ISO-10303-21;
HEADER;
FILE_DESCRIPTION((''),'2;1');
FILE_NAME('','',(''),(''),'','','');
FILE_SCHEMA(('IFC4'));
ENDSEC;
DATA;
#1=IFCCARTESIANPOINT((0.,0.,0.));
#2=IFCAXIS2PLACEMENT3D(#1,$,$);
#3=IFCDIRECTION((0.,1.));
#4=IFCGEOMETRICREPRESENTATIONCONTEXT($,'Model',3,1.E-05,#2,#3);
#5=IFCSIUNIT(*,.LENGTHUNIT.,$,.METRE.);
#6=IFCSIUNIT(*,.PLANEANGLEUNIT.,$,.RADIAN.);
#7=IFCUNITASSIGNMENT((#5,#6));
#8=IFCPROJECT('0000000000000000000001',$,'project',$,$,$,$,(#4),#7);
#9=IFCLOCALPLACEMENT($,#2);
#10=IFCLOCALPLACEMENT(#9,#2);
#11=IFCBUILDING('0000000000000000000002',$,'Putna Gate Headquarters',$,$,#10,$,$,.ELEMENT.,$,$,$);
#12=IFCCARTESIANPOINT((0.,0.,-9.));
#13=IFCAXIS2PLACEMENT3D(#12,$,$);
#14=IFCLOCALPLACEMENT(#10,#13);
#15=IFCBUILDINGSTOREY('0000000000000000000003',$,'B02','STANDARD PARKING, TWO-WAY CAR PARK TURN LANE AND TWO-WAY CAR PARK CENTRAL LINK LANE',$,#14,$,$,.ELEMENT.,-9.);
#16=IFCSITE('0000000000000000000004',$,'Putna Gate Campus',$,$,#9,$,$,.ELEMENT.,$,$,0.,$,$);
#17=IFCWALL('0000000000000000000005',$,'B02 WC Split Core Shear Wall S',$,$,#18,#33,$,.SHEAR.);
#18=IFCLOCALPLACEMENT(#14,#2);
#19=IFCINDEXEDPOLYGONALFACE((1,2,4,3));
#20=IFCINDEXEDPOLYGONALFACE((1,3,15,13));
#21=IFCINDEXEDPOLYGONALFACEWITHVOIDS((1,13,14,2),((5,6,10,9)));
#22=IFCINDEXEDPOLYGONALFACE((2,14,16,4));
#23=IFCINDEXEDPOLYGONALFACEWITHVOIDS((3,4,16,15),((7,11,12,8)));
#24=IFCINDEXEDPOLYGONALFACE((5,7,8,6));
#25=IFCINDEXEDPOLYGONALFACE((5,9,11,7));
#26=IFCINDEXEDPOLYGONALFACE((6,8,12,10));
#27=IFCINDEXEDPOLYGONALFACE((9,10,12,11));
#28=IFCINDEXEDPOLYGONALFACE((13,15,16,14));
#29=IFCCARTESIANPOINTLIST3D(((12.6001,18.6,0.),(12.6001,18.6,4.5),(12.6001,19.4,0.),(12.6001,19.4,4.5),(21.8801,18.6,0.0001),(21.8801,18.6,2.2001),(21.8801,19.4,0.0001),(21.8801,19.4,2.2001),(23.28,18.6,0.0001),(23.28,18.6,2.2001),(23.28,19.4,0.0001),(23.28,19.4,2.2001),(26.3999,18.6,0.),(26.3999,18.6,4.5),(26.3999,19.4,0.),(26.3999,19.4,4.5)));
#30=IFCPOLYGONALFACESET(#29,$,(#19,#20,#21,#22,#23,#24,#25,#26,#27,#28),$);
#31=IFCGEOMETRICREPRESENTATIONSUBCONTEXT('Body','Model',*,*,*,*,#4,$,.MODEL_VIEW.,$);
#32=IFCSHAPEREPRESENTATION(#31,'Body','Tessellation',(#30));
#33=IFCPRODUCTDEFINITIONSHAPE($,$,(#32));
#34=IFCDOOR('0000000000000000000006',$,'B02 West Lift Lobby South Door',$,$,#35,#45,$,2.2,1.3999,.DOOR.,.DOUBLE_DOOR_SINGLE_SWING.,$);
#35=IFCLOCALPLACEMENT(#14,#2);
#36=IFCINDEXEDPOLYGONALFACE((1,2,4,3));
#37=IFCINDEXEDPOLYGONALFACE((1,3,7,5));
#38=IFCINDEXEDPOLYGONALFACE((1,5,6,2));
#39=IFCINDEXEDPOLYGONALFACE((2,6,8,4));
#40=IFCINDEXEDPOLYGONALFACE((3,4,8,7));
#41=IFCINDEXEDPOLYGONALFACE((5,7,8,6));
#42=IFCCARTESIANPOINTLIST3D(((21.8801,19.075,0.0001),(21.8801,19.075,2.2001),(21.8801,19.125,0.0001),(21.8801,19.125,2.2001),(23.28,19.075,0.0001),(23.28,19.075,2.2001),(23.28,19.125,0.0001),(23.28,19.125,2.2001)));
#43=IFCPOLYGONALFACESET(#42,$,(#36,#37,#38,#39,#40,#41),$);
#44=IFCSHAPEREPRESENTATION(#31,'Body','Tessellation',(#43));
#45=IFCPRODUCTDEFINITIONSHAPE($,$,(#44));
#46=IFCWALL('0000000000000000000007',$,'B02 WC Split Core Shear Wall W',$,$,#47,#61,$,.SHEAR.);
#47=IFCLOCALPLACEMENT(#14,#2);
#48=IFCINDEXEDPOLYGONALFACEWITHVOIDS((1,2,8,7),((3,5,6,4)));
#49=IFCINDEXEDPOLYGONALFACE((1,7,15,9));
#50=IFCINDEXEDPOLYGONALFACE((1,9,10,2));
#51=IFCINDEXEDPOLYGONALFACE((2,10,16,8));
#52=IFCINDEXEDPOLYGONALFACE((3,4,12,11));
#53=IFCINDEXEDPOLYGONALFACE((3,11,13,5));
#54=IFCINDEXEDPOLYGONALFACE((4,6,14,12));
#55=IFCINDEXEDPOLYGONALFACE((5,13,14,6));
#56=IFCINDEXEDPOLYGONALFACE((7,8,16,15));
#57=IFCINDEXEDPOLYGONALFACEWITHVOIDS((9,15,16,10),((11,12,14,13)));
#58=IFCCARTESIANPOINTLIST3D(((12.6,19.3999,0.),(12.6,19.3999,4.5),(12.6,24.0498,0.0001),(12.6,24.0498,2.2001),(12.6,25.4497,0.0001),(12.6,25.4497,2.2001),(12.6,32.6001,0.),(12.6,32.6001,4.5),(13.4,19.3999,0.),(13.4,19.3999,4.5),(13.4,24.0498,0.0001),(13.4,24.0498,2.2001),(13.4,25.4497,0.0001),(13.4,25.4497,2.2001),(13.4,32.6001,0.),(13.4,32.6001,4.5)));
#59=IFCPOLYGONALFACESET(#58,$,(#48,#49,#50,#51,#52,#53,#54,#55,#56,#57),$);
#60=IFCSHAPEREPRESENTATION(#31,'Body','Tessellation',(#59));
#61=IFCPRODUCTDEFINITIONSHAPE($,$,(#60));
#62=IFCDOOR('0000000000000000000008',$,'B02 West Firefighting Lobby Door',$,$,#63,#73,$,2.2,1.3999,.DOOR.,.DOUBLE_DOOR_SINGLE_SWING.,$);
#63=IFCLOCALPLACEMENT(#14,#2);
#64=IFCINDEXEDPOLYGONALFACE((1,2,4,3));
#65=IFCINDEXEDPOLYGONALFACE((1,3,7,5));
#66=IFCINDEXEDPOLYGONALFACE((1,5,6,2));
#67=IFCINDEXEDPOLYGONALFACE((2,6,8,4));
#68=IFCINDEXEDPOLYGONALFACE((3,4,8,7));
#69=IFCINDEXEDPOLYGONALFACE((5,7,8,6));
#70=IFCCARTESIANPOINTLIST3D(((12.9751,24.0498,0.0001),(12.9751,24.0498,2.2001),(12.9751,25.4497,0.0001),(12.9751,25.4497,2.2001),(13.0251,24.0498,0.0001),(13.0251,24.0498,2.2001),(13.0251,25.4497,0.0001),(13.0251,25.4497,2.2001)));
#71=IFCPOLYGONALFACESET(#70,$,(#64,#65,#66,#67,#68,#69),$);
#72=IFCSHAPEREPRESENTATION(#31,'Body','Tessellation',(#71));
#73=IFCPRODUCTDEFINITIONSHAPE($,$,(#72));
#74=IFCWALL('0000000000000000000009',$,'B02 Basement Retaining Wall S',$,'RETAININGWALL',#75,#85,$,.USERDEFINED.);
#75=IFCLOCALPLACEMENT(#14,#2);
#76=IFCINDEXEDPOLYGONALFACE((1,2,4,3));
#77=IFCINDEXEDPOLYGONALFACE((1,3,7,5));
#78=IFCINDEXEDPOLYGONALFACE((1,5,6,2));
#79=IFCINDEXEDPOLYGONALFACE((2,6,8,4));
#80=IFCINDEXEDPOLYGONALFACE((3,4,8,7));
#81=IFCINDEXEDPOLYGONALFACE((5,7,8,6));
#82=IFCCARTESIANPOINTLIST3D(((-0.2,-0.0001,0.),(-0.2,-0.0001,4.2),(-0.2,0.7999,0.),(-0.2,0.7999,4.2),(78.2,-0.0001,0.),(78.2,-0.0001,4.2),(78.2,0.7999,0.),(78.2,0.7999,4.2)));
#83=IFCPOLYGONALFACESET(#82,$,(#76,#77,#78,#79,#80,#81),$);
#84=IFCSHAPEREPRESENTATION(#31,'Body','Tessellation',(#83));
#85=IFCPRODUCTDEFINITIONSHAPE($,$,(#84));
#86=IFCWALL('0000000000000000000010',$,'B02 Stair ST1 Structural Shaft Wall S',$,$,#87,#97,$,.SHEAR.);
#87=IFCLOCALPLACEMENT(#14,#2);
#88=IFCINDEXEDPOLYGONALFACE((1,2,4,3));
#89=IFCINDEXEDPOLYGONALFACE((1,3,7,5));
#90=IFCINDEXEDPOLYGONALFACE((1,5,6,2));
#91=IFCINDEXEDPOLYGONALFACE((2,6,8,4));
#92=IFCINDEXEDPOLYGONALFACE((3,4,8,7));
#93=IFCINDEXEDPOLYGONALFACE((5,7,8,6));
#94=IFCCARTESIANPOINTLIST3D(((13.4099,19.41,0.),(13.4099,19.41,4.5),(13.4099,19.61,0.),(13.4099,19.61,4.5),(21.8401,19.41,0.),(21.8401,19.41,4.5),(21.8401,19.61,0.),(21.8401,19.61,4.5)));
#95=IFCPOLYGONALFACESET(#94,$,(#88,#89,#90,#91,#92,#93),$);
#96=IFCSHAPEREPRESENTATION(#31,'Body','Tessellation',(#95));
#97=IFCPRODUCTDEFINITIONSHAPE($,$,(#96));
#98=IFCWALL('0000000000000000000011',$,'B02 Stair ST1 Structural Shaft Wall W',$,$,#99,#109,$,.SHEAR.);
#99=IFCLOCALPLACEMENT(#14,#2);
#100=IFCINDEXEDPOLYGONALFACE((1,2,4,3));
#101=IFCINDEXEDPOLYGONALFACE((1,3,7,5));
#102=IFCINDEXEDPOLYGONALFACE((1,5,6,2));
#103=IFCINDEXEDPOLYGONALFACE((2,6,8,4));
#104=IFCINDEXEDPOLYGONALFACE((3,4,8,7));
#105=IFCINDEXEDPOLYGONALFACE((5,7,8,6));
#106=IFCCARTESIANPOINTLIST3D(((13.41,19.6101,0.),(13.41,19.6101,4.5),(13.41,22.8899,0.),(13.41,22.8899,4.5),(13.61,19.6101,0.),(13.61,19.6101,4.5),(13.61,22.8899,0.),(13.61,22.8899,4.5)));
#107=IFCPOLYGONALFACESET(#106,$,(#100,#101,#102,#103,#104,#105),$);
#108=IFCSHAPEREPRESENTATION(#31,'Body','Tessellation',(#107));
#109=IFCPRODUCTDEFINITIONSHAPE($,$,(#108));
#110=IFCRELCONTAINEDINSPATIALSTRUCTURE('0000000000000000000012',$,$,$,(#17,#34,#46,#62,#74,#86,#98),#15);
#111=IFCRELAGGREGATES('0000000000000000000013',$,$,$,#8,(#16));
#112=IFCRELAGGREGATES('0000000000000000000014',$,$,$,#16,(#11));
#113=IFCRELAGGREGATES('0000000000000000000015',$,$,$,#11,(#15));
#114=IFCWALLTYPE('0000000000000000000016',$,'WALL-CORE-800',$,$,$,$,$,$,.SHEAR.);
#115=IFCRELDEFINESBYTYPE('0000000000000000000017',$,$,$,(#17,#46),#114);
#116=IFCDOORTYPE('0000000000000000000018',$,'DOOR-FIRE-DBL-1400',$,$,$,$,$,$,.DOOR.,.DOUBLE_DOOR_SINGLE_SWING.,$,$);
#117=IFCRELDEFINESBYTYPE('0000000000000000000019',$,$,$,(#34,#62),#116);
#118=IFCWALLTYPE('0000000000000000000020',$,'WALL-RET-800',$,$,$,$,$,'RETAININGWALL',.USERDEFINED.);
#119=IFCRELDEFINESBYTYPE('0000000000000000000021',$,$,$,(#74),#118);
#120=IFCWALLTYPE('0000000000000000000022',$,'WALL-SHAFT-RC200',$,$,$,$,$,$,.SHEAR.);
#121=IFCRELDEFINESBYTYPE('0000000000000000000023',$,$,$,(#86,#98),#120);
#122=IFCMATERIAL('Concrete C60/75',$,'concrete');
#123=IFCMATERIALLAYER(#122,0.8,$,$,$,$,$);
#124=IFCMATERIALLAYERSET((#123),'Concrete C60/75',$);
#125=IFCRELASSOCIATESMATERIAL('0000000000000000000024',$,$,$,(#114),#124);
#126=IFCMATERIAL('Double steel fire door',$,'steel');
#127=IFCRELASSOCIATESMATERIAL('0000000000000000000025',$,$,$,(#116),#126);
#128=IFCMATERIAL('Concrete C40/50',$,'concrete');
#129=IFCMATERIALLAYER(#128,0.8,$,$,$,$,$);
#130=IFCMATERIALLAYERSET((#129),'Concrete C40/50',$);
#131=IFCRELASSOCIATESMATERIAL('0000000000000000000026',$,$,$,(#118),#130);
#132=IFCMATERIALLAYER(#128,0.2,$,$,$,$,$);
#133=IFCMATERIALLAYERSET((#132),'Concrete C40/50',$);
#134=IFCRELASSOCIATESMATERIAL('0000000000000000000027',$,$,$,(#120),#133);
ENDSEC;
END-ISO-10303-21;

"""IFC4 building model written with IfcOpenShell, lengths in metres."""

from ifc_helpers import new_model, si_unit, direction, frame, frame_2d, origin, place, context, subcontext, project, spatial, rectangle, extrude, material, layer, layer_set, type_object, element, fill, save


model = new_model("IFC4")

# Units and contexts
model_context = context("Model", 3, precision=1e-05, world=origin(), true_north=direction((0.0, 1.0)))
body_context = subcontext(model_context, "Body", "Model", "MODEL_VIEW")
ifc_project = project(units=[si_unit("LENGTHUNIT", "METRE"), si_unit("PLANEANGLEUNIT", "RADIAN")], contexts=[model_context])

# Site, building, storey
site_placement = place(None, origin())
site = spatial("IfcSite", under=ifc_project, at=site_placement, Name="Putna Gate Campus", CompositionType="ELEMENT", RefElevation=0.0)
building_placement = place(site_placement, origin())
building = spatial("IfcBuilding", under=site, at=building_placement, Name="Putna Gate Headquarters", CompositionType="ELEMENT")
storey_placement = place(building_placement, frame((0.0, 0.0, -9.0)))
storey = spatial("IfcBuildingStorey", under=building, at=storey_placement, Name="B02", Description="STANDARD PARKING, TWO-WAY CAR PARK TURN LANE AND TWO-WAY CAR PARK CENTRAL LINK LANE", CompositionType="ELEMENT", Elevation=-9.0)

# Shared definitions
ifc_material_1 = material(Name="Concrete C60/75", Category="concrete")

# Shared definitions
ifc_material_2 = material(Name="Concrete C40/50", Category="concrete")

# Walls, openings, doors
ifc_layer_1 = layer(ifc_material_1, 0.8)
ifc_layer_set_1 = layer_set([ifc_layer_1], Name="Concrete C60/75")
wall_type_1 = type_object("IfcWallType", Name="WALL-CORE-800", PredefinedType="SHEAR", material=ifc_layer_set_1)
wall_1_placement = place(storey_placement, frame((12.6001, 19.0, 0.0), z_axis=(0.0, 0.0, 1.0), x_axis=(1.0, 0.0, 0.0)))
wall_1 = element("IfcWall", 1, at=wall_1_placement, inside=storey, type_object=wall_type_1, Name="B02 WC Split Core Shear Wall S", PredefinedType="SHEAR", context=body_context, shape_type="SweptSolid", body=[
    extrude(rectangle(XDim=13.7998, YDim=0.8, at=frame_2d((6.8999, 0.0))), origin(), (0.0, 0.0, 1.0), 4.5),
])
opening_1_placement = place(wall_1_placement, frame((9.28, 0.0, 0.0)))
opening_1 = element("IfcOpeningElement", 2, at=opening_1_placement, cuts=wall_1, PredefinedType="OPENING", context=body_context, shape_type="SweptSolid", body=[
    extrude(rectangle(XDim=1.3999, YDim=2.2, at=frame_2d((0.7, 1.1001))), frame((0.0, 0.4099, 0.0), z_axis=(0.0, -1.0, 0.0), x_axis=(1.0, 0.0, 0.0)), (0.0, 0.0, 1.0), 0.8201),
])
ifc_material_3 = material(Name="Double steel fire door", Category="steel")
door_type = type_object("IfcDoorType", Name="DOOR-FIRE-DBL-1400", OperationType="DOUBLE_DOOR_SINGLE_SWING", PredefinedType="DOOR", material=ifc_material_3)
door_1_placement = place(opening_1_placement, origin())
door_1 = element("IfcDoor", 3, at=door_1_placement, inside=storey, type_object=door_type, Name="B02 West Lift Lobby South Door", OperationType="DOUBLE_DOOR_SINGLE_SWING", OverallHeight=2.2, OverallWidth=1.3999, PredefinedType="DOOR", context=body_context, shape_type="SweptSolid", body=[
    extrude(rectangle(XDim=1.3999, YDim=2.2, at=frame_2d((0.7, 1.1001))), frame((0.0, 0.125, 0.0), z_axis=(0.0, -1.0, 0.0), x_axis=(1.0, 0.0, 0.0)), (0.0, 0.0, 1.0), 0.05),
])
fill(opening_1, door_1)
wall_2_placement = place(storey_placement, frame((13.0, 19.3999, 0.0), z_axis=(0.0, 0.0, 1.0), x_axis=(0.0, 1.0, 0.0)))
wall_2 = element("IfcWall", 4, at=wall_2_placement, inside=storey, type_object=wall_type_1, Name="B02 WC Split Core Shear Wall W", PredefinedType="SHEAR", context=body_context, shape_type="SweptSolid", body=[
    extrude(rectangle(XDim=13.2002, YDim=0.8, at=frame_2d((6.6001, 0.0))), origin(), (0.0, 0.0, 1.0), 4.5),
])
opening_2_placement = place(wall_2_placement, frame((4.6499, 0.0, 0.0)))
opening_2 = element("IfcOpeningElement", 5, at=opening_2_placement, cuts=wall_2, PredefinedType="OPENING", context=body_context, shape_type="SweptSolid", body=[
    extrude(rectangle(XDim=1.3999, YDim=2.2, at=frame_2d((0.7, 1.1001))), frame((0.0, 0.4099, 0.0), z_axis=(0.0, -1.0, 0.0), x_axis=(1.0, 0.0, 0.0)), (0.0, 0.0, 1.0), 0.8201),
])
door_2_placement = place(opening_2_placement, origin())
door_2 = element("IfcDoor", 6, at=door_2_placement, inside=storey, type_object=door_type, Name="B02 West Firefighting Lobby Door", OperationType="DOUBLE_DOOR_SINGLE_SWING", OverallHeight=2.2, OverallWidth=1.3999, PredefinedType="DOOR", context=body_context, shape_type="SweptSolid", body=[
    extrude(rectangle(XDim=1.3999, YDim=2.2, at=frame_2d((0.7, 1.1001))), frame((0.0, 0.0249, 0.0), z_axis=(0.0, -1.0, 0.0), x_axis=(1.0, 0.0, 0.0)), (0.0, 0.0, 1.0), 0.05),
])
fill(opening_2, door_2)

# Walls
ifc_layer_2 = layer(ifc_material_2, 0.8)
ifc_layer_set_2 = layer_set([ifc_layer_2], Name="Concrete C40/50")
wall_type_2 = type_object("IfcWallType", Name="WALL-RET-800", ElementType="RETAININGWALL", PredefinedType="USERDEFINED", material=ifc_layer_set_2)
wall_3_placement = place(storey_placement, frame((-0.2, 0.3999, 0.0), z_axis=(0.0, 0.0, 1.0), x_axis=(1.0, 0.0, 0.0)))
element("IfcWall", 7, at=wall_3_placement, inside=storey, type_object=wall_type_2, Name="B02 Basement Retaining Wall S", ObjectType="RETAININGWALL", PredefinedType="USERDEFINED", context=body_context, shape_type="SweptSolid", body=[
    extrude(rectangle(XDim=78.3999, YDim=0.8, at=frame_2d((39.2, 0.0))), origin(), (0.0, 0.0, 1.0), 4.2),
])
ifc_layer_3 = layer(ifc_material_2, 0.2)
ifc_layer_set_3 = layer_set([ifc_layer_3], Name="Concrete C40/50")
wall_type_3 = type_object("IfcWallType", Name="WALL-SHAFT-RC200", PredefinedType="SHEAR", material=ifc_layer_set_3)
wall_4_placement = place(storey_placement, frame((13.4099, 19.51, 0.0), z_axis=(0.0, 0.0, 1.0), x_axis=(1.0, 0.0, 0.0)))
element("IfcWall", 8, at=wall_4_placement, inside=storey, type_object=wall_type_3, Name="B02 Stair ST1 Structural Shaft Wall S", PredefinedType="SHEAR", context=body_context, shape_type="SweptSolid", body=[
    extrude(rectangle(XDim=8.4302, YDim=0.2, at=frame_2d((4.2151, 0.0))), origin(), (0.0, 0.0, 1.0), 4.5),
])
wall_5_placement = place(storey_placement, frame((13.51, 19.6101, 0.0), z_axis=(0.0, 0.0, 1.0), x_axis=(0.0, 1.0, 0.0)))
element("IfcWall", 9, at=wall_5_placement, inside=storey, type_object=wall_type_3, Name="B02 Stair ST1 Structural Shaft Wall W", PredefinedType="SHEAR", context=body_context, shape_type="SweptSolid", body=[
    extrude(rectangle(XDim=3.2798, YDim=0.2, at=frame_2d((1.6399, 0.0))), origin(), (0.0, 0.0, 1.0), 4.5),
])

save(model, "model.ifc")
